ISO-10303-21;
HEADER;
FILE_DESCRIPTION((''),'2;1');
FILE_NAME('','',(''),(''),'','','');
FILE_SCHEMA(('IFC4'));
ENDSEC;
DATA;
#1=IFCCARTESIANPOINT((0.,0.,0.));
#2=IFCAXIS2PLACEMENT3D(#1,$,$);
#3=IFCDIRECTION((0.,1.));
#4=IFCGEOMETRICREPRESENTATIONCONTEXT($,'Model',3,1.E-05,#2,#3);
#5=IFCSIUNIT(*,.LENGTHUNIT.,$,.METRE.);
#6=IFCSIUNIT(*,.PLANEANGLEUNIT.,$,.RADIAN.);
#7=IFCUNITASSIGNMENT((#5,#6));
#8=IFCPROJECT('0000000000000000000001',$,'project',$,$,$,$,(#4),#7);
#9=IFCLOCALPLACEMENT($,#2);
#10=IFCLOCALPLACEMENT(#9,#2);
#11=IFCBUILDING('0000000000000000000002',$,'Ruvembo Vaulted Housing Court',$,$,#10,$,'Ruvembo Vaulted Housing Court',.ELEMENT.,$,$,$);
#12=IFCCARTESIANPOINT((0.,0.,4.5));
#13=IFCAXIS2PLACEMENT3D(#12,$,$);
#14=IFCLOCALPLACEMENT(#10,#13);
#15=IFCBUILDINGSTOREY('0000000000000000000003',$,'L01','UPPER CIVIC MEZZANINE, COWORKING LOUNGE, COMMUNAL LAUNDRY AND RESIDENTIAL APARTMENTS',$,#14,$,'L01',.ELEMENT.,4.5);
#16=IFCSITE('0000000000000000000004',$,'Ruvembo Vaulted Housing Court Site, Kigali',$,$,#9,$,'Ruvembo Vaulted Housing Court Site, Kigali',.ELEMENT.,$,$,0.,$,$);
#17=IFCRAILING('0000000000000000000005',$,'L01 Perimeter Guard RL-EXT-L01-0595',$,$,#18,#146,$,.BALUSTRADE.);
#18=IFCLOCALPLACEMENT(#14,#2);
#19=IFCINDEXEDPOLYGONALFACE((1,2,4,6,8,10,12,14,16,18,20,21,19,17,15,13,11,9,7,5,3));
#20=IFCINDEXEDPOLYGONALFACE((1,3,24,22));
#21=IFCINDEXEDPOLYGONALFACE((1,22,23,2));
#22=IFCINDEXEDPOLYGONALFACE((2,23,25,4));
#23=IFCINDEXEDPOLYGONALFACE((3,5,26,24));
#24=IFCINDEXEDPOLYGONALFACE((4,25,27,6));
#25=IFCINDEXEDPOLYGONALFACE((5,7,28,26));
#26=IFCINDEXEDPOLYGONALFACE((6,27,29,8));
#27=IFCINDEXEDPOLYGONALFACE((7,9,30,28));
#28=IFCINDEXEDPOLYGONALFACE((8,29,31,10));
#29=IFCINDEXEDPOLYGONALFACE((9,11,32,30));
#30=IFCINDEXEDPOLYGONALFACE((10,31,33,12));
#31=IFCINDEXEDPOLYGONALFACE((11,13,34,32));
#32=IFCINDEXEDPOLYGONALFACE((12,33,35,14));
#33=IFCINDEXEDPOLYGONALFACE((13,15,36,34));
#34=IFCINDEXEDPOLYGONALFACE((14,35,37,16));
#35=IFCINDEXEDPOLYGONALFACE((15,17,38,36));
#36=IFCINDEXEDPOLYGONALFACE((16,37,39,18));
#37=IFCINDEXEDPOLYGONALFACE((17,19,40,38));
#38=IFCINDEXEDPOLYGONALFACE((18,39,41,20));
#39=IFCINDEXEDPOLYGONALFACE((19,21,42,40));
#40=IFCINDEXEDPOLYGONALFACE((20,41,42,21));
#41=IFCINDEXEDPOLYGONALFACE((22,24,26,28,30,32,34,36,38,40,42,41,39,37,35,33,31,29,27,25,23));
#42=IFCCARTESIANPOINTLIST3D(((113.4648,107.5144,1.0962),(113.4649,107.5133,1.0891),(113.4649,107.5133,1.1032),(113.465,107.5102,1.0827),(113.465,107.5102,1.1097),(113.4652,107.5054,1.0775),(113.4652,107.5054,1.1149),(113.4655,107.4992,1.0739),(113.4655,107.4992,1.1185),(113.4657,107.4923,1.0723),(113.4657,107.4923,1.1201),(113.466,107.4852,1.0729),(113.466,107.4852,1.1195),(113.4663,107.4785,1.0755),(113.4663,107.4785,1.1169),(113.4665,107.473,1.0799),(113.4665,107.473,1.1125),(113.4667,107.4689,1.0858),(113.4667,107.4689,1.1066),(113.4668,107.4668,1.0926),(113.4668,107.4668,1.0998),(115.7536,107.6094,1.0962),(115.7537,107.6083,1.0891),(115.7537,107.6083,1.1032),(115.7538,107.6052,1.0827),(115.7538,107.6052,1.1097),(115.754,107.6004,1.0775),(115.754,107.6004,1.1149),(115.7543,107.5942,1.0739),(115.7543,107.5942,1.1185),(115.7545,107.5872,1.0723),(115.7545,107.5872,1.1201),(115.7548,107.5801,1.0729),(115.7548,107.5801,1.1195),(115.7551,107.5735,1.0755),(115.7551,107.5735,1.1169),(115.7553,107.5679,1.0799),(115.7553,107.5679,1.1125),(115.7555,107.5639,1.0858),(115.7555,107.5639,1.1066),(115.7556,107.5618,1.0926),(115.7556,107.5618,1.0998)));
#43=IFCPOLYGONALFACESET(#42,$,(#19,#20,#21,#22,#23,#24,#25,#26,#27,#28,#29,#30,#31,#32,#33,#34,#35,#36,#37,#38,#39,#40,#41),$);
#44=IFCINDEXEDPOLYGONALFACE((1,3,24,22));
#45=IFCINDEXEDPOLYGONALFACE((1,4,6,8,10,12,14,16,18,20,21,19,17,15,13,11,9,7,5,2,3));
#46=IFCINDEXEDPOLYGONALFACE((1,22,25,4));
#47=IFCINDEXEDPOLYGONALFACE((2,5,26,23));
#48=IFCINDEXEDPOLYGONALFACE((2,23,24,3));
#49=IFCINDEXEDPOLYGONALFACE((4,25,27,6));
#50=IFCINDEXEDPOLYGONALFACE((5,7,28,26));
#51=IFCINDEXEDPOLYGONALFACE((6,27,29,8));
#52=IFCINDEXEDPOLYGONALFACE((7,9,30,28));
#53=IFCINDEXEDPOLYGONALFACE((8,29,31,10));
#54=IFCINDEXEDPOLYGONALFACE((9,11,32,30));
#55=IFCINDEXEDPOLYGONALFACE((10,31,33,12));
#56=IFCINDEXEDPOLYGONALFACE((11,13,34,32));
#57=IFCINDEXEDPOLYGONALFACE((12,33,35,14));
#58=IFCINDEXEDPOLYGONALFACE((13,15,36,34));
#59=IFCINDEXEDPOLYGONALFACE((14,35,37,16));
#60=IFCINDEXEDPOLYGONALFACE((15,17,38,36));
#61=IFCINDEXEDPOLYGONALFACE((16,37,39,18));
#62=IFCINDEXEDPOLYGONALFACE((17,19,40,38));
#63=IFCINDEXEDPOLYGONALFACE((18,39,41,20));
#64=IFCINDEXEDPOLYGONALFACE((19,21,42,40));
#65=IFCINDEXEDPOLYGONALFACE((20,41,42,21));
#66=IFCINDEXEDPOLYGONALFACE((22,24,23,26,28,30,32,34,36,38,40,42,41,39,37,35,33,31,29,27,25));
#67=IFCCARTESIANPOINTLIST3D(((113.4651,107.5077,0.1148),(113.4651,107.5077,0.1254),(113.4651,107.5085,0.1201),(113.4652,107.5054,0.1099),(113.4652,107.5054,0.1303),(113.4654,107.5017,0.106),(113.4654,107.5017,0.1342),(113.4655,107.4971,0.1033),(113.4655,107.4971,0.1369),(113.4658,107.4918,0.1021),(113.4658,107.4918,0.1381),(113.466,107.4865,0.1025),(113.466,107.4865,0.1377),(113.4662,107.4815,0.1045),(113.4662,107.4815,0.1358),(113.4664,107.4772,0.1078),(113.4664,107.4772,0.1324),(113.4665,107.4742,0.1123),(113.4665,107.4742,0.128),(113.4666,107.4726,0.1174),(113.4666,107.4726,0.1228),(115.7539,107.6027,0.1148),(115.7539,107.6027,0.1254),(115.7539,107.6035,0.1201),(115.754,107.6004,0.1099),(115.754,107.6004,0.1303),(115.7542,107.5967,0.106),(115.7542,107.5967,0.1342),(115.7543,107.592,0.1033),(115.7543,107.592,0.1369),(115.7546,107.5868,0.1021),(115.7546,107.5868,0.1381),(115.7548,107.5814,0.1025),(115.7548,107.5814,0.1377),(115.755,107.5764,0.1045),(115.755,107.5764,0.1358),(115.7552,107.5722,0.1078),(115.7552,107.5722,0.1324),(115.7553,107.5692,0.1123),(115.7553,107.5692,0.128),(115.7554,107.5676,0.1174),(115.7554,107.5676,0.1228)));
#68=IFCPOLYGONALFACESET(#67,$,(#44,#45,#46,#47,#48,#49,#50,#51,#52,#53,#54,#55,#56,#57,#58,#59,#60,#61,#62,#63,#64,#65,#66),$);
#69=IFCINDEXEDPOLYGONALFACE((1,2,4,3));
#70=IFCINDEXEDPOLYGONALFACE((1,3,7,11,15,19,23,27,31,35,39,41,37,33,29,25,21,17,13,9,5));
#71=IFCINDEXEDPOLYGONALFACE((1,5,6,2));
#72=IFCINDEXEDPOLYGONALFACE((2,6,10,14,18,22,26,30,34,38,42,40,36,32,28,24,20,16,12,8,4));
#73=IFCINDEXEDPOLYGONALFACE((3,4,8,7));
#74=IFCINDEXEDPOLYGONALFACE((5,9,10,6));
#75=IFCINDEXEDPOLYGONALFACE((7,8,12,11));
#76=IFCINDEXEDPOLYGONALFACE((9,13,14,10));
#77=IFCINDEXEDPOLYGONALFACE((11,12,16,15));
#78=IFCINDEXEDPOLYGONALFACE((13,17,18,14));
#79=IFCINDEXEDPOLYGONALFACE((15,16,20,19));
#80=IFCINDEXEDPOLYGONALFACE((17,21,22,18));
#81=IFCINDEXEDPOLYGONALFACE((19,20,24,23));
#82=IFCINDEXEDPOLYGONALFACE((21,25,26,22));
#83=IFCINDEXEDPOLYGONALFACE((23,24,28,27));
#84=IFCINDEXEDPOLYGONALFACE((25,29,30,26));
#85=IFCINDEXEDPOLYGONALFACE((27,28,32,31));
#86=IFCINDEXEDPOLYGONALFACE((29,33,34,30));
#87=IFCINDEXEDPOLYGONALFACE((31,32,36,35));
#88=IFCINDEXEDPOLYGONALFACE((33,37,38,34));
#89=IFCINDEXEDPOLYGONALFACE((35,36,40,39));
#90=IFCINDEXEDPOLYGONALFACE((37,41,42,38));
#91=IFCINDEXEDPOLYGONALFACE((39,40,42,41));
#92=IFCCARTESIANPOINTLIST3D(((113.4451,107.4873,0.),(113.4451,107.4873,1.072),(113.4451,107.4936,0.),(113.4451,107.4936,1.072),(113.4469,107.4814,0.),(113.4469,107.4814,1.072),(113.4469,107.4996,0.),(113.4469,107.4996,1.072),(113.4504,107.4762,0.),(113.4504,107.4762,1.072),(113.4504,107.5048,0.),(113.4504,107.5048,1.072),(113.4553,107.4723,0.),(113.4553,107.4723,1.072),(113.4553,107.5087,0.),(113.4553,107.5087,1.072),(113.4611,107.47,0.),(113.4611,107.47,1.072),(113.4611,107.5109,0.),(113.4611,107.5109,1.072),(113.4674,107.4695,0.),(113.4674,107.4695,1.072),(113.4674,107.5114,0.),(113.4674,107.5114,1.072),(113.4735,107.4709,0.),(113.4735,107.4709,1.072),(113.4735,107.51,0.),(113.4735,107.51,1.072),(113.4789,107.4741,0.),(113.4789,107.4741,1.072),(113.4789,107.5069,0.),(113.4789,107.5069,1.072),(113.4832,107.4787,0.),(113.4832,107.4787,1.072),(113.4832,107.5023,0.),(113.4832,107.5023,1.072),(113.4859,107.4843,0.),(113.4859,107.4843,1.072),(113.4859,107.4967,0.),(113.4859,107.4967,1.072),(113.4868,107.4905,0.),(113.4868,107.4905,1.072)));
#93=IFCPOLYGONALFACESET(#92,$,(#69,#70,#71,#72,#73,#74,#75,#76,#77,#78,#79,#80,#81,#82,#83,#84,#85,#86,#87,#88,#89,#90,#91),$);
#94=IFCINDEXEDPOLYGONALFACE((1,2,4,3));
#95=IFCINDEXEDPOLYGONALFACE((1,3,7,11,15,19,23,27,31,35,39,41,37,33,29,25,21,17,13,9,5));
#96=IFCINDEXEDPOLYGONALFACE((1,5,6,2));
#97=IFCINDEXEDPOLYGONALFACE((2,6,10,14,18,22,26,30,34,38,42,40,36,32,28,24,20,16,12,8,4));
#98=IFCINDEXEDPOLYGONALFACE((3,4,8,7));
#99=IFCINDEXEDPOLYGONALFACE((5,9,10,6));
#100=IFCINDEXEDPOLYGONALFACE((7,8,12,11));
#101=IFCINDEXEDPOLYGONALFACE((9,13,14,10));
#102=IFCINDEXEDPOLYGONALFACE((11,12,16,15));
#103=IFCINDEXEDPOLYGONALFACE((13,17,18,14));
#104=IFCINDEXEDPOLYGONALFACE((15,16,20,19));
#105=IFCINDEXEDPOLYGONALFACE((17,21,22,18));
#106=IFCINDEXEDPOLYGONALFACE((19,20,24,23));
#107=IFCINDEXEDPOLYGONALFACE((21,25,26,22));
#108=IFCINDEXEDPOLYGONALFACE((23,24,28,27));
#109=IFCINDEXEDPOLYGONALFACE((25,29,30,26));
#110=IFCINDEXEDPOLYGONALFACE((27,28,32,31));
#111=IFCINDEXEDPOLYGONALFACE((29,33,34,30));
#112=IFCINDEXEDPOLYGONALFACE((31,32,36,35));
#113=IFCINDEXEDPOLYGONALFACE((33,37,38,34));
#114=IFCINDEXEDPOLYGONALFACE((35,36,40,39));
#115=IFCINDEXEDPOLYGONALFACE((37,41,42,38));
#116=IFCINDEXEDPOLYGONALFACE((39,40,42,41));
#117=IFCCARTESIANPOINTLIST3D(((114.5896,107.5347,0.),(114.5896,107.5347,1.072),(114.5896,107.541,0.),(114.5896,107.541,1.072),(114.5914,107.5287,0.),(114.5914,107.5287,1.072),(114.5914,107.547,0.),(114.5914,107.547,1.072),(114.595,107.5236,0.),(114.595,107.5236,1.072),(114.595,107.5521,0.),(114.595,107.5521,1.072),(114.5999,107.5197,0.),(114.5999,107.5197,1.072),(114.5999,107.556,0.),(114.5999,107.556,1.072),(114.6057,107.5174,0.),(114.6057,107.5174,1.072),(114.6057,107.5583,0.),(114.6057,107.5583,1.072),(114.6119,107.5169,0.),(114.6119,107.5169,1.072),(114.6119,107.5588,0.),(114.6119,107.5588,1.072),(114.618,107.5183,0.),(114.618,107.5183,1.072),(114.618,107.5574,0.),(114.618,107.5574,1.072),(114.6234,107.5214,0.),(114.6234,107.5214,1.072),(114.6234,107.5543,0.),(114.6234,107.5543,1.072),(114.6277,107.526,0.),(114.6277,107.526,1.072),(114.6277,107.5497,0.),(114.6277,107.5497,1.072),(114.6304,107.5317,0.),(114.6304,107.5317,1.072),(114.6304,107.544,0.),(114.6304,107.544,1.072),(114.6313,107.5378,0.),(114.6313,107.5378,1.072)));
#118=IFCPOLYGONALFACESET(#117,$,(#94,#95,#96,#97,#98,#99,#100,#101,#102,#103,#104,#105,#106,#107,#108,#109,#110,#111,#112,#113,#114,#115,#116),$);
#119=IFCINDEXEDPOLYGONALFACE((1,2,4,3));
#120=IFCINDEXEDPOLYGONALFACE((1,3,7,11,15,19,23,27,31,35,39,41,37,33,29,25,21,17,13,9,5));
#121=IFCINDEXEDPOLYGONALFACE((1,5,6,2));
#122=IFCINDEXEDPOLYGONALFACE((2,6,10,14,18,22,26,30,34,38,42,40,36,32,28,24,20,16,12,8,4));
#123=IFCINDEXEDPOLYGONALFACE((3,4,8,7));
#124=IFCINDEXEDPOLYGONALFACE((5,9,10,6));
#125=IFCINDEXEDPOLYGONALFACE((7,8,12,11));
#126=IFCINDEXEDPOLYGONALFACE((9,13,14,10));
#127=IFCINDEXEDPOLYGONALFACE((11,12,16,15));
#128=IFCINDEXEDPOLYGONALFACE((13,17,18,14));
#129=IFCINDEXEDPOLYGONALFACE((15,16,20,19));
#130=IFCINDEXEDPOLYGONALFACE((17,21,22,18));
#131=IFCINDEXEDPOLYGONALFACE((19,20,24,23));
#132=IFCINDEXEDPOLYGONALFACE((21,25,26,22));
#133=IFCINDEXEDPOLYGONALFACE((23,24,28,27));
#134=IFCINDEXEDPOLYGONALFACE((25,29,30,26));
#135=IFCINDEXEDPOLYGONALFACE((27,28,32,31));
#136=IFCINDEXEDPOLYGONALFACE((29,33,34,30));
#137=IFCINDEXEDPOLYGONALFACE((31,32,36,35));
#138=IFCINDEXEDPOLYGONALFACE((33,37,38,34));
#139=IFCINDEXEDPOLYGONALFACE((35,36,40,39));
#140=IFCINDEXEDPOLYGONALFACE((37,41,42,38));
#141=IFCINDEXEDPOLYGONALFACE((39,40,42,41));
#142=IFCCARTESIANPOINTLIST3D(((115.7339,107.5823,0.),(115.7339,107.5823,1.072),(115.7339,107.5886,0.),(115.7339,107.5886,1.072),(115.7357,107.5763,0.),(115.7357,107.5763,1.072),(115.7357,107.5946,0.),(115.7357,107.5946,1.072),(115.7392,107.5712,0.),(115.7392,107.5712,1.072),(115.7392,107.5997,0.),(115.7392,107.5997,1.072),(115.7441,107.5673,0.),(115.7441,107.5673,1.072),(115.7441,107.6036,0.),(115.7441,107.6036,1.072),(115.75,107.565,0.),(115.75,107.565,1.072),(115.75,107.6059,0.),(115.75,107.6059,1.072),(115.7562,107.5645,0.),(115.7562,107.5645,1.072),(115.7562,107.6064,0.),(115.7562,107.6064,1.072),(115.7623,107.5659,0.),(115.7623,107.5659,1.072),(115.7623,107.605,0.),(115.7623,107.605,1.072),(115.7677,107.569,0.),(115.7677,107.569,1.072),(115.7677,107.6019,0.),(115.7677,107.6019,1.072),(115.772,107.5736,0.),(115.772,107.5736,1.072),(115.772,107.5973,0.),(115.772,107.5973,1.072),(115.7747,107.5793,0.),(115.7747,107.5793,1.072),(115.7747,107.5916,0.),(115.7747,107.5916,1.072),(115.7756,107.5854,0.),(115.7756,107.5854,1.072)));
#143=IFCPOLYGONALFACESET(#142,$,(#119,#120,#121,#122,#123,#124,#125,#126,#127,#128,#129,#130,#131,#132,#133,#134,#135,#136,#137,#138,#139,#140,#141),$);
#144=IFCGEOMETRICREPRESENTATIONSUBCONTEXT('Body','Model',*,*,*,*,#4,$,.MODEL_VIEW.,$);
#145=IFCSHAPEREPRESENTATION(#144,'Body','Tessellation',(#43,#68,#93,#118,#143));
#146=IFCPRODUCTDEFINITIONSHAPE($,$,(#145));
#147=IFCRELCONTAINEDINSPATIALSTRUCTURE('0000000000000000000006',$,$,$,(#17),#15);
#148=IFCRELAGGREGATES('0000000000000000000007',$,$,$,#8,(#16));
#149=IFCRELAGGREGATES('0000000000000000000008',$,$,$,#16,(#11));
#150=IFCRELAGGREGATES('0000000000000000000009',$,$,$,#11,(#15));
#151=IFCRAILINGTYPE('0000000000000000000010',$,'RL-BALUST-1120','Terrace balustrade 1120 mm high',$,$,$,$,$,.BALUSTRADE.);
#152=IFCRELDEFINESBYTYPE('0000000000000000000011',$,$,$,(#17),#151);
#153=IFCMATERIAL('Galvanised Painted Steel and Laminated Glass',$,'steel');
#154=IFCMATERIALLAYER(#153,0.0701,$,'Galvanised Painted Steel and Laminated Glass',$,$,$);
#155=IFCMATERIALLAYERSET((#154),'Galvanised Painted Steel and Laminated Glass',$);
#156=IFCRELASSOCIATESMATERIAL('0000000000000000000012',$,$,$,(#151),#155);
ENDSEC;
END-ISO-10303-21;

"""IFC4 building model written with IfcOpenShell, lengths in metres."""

from ifc_helpers import new_model, si_unit, direction, frame, origin, origin_2d, place, context, subcontext, project, spatial, circle, extrude, material, layer, layer_set, type_object, element, save


model = new_model("IFC4")

# Units and contexts
model_context = context("Model", 3, precision=1e-05, world=origin(), true_north=direction((0.0, 1.0)))
body_context = subcontext(model_context, "Body", "Model", "MODEL_VIEW")
ifc_project = project(units=[si_unit("LENGTHUNIT", "METRE"), si_unit("PLANEANGLEUNIT", "RADIAN")], contexts=[model_context])

# Site, building, storey
site_placement = place(None, origin())
site = spatial("IfcSite", under=ifc_project, at=site_placement, Name="Ruvembo Vaulted Housing Court Site, Kigali", LongName="Ruvembo Vaulted Housing Court Site, Kigali", CompositionType="ELEMENT", RefElevation=0.0)
building_placement = place(site_placement, origin())
building = spatial("IfcBuilding", under=site, at=building_placement, Name="Ruvembo Vaulted Housing Court", LongName="Ruvembo Vaulted Housing Court", CompositionType="ELEMENT")
storey_placement = place(building_placement, frame((0.0, 0.0, 4.5)))
storey = spatial("IfcBuildingStorey", under=building, at=storey_placement, Name="L01", Description="UPPER CIVIC MEZZANINE, COWORKING LOUNGE, COMMUNAL LAUNDRY AND RESIDENTIAL APARTMENTS", LongName="L01", CompositionType="ELEMENT", Elevation=4.5)

# Railing
ifc_material_1 = material(Name="Galvanised Painted Steel and Laminated Glass", Category="steel")
ifc_layer_1 = layer(ifc_material_1, 0.0701, Name="Galvanised Painted Steel and Laminated Glass")
ifc_layer_set_1 = layer_set([ifc_layer_1], Name="Galvanised Painted Steel and Laminated Glass")
railing_type = type_object("IfcRailingType", Name="RL-BALUST-1120", Description="Terrace balustrade 1120 mm high", PredefinedType="BALUSTRADE", material=ifc_layer_set_1)
railing_1_placement = place(storey_placement, frame((113.4658, 107.4905, 0.0)))
element("IfcRailing", 1, at=railing_1_placement, inside=storey, type_object=railing_type, Name="L01 Perimeter Guard RL-EXT-L01-0595", PredefinedType="BALUSTRADE", context=body_context, shape_type="SweptSolid", body=[
    extrude(circle(Radius=0.0239, at=origin_2d()), frame((0.0, 0.0, 1.0962), z_axis=(0.99914, 0.041458, 0.0), x_axis=(-0.041458, 0.99914, 0.0)), (0.0, 0.0, 1.0), 2.2908),
    extrude(circle(Radius=0.0181, at=origin_2d()), frame((0.0, 0.0, 0.1201), z_axis=(0.99914, 0.041458, 0.0), x_axis=(-0.041458, 0.99914, 0.0)), (0.0, 0.0, 1.0), 2.2908),
    extrude(circle(Radius=0.021, at=origin_2d()), origin(), (0.0, 0.0, 1.0), 1.072),
    extrude(circle(Radius=0.021, at=origin_2d()), frame((1.1445, 0.0474, 0.0)), (0.0, 0.0, 1.0), 1.072),
    extrude(circle(Radius=0.021, at=origin_2d()), frame((2.2888, 0.095, 0.0)), (0.0, 0.0, 1.0), 1.072),
])

save(model, "model.ifc")
